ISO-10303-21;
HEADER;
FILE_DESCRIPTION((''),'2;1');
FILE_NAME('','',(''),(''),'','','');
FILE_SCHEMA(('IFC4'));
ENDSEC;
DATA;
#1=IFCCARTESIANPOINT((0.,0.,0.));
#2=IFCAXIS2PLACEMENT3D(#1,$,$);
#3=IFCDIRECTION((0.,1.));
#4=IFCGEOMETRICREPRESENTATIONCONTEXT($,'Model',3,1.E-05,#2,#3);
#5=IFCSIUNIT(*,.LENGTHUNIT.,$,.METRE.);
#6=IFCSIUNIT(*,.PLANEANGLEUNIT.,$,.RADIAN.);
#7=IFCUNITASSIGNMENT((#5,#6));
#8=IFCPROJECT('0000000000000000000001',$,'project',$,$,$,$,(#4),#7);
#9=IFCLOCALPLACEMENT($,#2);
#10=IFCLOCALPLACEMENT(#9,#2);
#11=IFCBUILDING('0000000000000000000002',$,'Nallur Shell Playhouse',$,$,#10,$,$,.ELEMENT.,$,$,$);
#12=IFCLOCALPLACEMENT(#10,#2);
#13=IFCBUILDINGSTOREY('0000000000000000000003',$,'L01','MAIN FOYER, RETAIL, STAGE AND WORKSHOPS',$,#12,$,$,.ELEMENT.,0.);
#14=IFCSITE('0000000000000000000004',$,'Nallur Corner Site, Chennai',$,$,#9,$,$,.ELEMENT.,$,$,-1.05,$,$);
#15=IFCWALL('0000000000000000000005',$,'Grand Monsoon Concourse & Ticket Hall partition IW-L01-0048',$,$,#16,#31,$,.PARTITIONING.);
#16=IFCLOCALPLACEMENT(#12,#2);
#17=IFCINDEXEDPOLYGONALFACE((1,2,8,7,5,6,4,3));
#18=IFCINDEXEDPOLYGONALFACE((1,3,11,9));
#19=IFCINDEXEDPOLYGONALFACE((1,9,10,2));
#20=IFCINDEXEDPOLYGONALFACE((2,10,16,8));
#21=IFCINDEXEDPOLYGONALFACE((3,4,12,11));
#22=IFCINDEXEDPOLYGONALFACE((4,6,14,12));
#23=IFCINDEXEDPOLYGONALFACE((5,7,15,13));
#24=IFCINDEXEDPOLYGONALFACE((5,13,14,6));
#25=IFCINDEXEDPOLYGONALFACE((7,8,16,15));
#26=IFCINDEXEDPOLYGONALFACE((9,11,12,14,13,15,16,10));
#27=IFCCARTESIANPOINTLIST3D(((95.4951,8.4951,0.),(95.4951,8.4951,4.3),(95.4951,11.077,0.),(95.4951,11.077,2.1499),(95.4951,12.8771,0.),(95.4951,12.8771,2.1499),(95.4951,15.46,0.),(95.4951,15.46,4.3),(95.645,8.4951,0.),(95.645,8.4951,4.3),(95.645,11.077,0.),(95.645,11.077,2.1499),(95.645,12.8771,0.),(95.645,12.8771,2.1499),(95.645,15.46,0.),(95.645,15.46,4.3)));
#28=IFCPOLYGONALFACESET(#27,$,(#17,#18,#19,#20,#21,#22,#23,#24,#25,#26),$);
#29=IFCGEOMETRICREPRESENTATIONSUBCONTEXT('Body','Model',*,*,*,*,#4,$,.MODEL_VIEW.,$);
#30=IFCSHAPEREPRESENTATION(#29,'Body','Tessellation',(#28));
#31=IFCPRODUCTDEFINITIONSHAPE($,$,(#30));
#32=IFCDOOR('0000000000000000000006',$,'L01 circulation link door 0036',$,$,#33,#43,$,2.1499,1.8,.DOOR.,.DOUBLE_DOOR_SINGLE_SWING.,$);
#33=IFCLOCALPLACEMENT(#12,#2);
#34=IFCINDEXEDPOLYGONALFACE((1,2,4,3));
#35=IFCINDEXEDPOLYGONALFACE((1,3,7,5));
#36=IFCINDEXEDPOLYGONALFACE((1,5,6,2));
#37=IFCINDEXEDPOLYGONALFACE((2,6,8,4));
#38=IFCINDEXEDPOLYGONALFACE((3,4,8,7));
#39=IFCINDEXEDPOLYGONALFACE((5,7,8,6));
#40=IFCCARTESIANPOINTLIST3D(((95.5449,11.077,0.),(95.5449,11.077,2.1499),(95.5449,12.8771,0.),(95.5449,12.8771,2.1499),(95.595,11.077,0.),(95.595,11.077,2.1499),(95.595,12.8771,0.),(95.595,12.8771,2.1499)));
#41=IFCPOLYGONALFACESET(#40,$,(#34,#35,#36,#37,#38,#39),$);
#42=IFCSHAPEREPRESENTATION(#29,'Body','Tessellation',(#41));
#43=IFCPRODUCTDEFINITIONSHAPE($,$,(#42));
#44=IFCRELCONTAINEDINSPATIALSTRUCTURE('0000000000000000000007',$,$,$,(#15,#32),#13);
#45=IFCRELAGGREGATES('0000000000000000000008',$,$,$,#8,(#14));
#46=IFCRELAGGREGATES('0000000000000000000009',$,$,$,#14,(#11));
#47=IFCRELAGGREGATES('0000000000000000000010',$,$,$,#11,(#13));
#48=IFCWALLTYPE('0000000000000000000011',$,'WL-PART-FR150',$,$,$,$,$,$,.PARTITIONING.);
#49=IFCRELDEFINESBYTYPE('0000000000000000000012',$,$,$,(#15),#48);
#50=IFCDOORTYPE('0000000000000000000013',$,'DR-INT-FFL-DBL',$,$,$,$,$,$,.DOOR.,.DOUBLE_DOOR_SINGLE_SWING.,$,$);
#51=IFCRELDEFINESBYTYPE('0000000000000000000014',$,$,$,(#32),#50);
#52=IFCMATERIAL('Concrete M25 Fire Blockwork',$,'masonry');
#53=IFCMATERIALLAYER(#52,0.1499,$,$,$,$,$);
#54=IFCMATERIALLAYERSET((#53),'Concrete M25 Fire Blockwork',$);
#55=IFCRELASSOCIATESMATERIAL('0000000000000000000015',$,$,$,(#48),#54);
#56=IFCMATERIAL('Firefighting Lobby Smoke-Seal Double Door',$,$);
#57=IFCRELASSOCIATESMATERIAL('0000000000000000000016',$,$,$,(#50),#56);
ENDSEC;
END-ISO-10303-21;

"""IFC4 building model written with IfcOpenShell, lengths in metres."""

from ifc_helpers import new_model, si_unit, direction, frame, frame_2d, origin, place, context, subcontext, project, spatial, rectangle, extrude, material, layer, layer_set, type_object, element, fill, save


model = new_model("IFC4")

# Units and contexts
model_context = context("Model", 3, precision=1e-05, world=origin(), true_north=direction((0.0, 1.0)))
body_context = subcontext(model_context, "Body", "Model", "MODEL_VIEW")
ifc_project = project(units=[si_unit("LENGTHUNIT", "METRE"), si_unit("PLANEANGLEUNIT", "RADIAN")], contexts=[model_context])

# Site, building, storey
site_placement = place(None, origin())
site = spatial("IfcSite", under=ifc_project, at=site_placement, Name="Nallur Corner Site, Chennai", CompositionType="ELEMENT", RefElevation=-1.05)
building_placement = place(site_placement, origin())
building = spatial("IfcBuilding", under=site, at=building_placement, Name="Nallur Shell Playhouse", CompositionType="ELEMENT")
storey_placement = place(building_placement, origin())
storey = spatial("IfcBuildingStorey", under=building, at=storey_placement, Name="L01", Description="MAIN FOYER, RETAIL, STAGE AND WORKSHOPS", CompositionType="ELEMENT", Elevation=0.0)

# Wall, opening, door
ifc_material_1 = material(Name="Concrete M25 Fire Blockwork", Category="masonry")
ifc_layer_1 = layer(ifc_material_1, 0.1499)
ifc_layer_set_1 = layer_set([ifc_layer_1], Name="Concrete M25 Fire Blockwork")
wall_type_1 = type_object("IfcWallType", Name="WL-PART-FR150", PredefinedType="PARTITIONING", material=ifc_layer_set_1)
wall_1_placement = place(storey_placement, frame((95.5701, 15.46, 0.0), z_axis=(0.0, 0.0, 1.0), x_axis=(0.0, -1.0, 0.0)))
wall_1 = element("IfcWall", 1, at=wall_1_placement, inside=storey, type_object=wall_type_1, Name="Grand Monsoon Concourse & Ticket Hall partition IW-L01-0048", PredefinedType="PARTITIONING", context=body_context, shape_type="SweptSolid", body=[
    extrude(rectangle(XDim=6.9648, YDim=0.1499, at=frame_2d((3.4824, 0.0))), origin(), (0.0, 0.0, 1.0), 4.3),
])
opening_1_placement = place(wall_1_placement, frame((2.583, 0.0, 0.0)))
opening_1 = element("IfcOpeningElement", 2, at=opening_1_placement, cuts=wall_1, PredefinedType="OPENING", context=body_context, shape_type="SweptSolid", body=[
    extrude(rectangle(XDim=1.8, YDim=2.1499, at=frame_2d((0.8999, 1.075))), frame((0.0, 0.085, 0.0), z_axis=(0.0, -1.0, 0.0), x_axis=(1.0, 0.0, 0.0)), (0.0, 0.0, 1.0), 0.1699),
])
ifc_material_2 = material(Name="Firefighting Lobby Smoke-Seal Double Door")
door_type = type_object("IfcDoorType", Name="DR-INT-FFL-DBL", OperationType="DOUBLE_DOOR_SINGLE_SWING", PredefinedType="DOOR", material=ifc_material_2)
door_placement = place(opening_1_placement, origin())
door = element("IfcDoor", 3, at=door_placement, inside=storey, type_object=door_type, Name="L01 circulation link door 0036", OperationType="DOUBLE_DOOR_SINGLE_SWING", OverallHeight=2.1499, OverallWidth=1.8, PredefinedType="DOOR", context=body_context, shape_type="SweptSolid", body=[
    extrude(rectangle(XDim=1.8, YDim=2.1499, at=frame_2d((0.8999, 1.075))), frame((0.0, 0.0249, 0.0), z_axis=(0.0, -1.0, 0.0), x_axis=(1.0, 0.0, 0.0)), (0.0, 0.0, 1.0), 0.05),
])
fill(opening_1, door)

save(model, "model.ifc")
